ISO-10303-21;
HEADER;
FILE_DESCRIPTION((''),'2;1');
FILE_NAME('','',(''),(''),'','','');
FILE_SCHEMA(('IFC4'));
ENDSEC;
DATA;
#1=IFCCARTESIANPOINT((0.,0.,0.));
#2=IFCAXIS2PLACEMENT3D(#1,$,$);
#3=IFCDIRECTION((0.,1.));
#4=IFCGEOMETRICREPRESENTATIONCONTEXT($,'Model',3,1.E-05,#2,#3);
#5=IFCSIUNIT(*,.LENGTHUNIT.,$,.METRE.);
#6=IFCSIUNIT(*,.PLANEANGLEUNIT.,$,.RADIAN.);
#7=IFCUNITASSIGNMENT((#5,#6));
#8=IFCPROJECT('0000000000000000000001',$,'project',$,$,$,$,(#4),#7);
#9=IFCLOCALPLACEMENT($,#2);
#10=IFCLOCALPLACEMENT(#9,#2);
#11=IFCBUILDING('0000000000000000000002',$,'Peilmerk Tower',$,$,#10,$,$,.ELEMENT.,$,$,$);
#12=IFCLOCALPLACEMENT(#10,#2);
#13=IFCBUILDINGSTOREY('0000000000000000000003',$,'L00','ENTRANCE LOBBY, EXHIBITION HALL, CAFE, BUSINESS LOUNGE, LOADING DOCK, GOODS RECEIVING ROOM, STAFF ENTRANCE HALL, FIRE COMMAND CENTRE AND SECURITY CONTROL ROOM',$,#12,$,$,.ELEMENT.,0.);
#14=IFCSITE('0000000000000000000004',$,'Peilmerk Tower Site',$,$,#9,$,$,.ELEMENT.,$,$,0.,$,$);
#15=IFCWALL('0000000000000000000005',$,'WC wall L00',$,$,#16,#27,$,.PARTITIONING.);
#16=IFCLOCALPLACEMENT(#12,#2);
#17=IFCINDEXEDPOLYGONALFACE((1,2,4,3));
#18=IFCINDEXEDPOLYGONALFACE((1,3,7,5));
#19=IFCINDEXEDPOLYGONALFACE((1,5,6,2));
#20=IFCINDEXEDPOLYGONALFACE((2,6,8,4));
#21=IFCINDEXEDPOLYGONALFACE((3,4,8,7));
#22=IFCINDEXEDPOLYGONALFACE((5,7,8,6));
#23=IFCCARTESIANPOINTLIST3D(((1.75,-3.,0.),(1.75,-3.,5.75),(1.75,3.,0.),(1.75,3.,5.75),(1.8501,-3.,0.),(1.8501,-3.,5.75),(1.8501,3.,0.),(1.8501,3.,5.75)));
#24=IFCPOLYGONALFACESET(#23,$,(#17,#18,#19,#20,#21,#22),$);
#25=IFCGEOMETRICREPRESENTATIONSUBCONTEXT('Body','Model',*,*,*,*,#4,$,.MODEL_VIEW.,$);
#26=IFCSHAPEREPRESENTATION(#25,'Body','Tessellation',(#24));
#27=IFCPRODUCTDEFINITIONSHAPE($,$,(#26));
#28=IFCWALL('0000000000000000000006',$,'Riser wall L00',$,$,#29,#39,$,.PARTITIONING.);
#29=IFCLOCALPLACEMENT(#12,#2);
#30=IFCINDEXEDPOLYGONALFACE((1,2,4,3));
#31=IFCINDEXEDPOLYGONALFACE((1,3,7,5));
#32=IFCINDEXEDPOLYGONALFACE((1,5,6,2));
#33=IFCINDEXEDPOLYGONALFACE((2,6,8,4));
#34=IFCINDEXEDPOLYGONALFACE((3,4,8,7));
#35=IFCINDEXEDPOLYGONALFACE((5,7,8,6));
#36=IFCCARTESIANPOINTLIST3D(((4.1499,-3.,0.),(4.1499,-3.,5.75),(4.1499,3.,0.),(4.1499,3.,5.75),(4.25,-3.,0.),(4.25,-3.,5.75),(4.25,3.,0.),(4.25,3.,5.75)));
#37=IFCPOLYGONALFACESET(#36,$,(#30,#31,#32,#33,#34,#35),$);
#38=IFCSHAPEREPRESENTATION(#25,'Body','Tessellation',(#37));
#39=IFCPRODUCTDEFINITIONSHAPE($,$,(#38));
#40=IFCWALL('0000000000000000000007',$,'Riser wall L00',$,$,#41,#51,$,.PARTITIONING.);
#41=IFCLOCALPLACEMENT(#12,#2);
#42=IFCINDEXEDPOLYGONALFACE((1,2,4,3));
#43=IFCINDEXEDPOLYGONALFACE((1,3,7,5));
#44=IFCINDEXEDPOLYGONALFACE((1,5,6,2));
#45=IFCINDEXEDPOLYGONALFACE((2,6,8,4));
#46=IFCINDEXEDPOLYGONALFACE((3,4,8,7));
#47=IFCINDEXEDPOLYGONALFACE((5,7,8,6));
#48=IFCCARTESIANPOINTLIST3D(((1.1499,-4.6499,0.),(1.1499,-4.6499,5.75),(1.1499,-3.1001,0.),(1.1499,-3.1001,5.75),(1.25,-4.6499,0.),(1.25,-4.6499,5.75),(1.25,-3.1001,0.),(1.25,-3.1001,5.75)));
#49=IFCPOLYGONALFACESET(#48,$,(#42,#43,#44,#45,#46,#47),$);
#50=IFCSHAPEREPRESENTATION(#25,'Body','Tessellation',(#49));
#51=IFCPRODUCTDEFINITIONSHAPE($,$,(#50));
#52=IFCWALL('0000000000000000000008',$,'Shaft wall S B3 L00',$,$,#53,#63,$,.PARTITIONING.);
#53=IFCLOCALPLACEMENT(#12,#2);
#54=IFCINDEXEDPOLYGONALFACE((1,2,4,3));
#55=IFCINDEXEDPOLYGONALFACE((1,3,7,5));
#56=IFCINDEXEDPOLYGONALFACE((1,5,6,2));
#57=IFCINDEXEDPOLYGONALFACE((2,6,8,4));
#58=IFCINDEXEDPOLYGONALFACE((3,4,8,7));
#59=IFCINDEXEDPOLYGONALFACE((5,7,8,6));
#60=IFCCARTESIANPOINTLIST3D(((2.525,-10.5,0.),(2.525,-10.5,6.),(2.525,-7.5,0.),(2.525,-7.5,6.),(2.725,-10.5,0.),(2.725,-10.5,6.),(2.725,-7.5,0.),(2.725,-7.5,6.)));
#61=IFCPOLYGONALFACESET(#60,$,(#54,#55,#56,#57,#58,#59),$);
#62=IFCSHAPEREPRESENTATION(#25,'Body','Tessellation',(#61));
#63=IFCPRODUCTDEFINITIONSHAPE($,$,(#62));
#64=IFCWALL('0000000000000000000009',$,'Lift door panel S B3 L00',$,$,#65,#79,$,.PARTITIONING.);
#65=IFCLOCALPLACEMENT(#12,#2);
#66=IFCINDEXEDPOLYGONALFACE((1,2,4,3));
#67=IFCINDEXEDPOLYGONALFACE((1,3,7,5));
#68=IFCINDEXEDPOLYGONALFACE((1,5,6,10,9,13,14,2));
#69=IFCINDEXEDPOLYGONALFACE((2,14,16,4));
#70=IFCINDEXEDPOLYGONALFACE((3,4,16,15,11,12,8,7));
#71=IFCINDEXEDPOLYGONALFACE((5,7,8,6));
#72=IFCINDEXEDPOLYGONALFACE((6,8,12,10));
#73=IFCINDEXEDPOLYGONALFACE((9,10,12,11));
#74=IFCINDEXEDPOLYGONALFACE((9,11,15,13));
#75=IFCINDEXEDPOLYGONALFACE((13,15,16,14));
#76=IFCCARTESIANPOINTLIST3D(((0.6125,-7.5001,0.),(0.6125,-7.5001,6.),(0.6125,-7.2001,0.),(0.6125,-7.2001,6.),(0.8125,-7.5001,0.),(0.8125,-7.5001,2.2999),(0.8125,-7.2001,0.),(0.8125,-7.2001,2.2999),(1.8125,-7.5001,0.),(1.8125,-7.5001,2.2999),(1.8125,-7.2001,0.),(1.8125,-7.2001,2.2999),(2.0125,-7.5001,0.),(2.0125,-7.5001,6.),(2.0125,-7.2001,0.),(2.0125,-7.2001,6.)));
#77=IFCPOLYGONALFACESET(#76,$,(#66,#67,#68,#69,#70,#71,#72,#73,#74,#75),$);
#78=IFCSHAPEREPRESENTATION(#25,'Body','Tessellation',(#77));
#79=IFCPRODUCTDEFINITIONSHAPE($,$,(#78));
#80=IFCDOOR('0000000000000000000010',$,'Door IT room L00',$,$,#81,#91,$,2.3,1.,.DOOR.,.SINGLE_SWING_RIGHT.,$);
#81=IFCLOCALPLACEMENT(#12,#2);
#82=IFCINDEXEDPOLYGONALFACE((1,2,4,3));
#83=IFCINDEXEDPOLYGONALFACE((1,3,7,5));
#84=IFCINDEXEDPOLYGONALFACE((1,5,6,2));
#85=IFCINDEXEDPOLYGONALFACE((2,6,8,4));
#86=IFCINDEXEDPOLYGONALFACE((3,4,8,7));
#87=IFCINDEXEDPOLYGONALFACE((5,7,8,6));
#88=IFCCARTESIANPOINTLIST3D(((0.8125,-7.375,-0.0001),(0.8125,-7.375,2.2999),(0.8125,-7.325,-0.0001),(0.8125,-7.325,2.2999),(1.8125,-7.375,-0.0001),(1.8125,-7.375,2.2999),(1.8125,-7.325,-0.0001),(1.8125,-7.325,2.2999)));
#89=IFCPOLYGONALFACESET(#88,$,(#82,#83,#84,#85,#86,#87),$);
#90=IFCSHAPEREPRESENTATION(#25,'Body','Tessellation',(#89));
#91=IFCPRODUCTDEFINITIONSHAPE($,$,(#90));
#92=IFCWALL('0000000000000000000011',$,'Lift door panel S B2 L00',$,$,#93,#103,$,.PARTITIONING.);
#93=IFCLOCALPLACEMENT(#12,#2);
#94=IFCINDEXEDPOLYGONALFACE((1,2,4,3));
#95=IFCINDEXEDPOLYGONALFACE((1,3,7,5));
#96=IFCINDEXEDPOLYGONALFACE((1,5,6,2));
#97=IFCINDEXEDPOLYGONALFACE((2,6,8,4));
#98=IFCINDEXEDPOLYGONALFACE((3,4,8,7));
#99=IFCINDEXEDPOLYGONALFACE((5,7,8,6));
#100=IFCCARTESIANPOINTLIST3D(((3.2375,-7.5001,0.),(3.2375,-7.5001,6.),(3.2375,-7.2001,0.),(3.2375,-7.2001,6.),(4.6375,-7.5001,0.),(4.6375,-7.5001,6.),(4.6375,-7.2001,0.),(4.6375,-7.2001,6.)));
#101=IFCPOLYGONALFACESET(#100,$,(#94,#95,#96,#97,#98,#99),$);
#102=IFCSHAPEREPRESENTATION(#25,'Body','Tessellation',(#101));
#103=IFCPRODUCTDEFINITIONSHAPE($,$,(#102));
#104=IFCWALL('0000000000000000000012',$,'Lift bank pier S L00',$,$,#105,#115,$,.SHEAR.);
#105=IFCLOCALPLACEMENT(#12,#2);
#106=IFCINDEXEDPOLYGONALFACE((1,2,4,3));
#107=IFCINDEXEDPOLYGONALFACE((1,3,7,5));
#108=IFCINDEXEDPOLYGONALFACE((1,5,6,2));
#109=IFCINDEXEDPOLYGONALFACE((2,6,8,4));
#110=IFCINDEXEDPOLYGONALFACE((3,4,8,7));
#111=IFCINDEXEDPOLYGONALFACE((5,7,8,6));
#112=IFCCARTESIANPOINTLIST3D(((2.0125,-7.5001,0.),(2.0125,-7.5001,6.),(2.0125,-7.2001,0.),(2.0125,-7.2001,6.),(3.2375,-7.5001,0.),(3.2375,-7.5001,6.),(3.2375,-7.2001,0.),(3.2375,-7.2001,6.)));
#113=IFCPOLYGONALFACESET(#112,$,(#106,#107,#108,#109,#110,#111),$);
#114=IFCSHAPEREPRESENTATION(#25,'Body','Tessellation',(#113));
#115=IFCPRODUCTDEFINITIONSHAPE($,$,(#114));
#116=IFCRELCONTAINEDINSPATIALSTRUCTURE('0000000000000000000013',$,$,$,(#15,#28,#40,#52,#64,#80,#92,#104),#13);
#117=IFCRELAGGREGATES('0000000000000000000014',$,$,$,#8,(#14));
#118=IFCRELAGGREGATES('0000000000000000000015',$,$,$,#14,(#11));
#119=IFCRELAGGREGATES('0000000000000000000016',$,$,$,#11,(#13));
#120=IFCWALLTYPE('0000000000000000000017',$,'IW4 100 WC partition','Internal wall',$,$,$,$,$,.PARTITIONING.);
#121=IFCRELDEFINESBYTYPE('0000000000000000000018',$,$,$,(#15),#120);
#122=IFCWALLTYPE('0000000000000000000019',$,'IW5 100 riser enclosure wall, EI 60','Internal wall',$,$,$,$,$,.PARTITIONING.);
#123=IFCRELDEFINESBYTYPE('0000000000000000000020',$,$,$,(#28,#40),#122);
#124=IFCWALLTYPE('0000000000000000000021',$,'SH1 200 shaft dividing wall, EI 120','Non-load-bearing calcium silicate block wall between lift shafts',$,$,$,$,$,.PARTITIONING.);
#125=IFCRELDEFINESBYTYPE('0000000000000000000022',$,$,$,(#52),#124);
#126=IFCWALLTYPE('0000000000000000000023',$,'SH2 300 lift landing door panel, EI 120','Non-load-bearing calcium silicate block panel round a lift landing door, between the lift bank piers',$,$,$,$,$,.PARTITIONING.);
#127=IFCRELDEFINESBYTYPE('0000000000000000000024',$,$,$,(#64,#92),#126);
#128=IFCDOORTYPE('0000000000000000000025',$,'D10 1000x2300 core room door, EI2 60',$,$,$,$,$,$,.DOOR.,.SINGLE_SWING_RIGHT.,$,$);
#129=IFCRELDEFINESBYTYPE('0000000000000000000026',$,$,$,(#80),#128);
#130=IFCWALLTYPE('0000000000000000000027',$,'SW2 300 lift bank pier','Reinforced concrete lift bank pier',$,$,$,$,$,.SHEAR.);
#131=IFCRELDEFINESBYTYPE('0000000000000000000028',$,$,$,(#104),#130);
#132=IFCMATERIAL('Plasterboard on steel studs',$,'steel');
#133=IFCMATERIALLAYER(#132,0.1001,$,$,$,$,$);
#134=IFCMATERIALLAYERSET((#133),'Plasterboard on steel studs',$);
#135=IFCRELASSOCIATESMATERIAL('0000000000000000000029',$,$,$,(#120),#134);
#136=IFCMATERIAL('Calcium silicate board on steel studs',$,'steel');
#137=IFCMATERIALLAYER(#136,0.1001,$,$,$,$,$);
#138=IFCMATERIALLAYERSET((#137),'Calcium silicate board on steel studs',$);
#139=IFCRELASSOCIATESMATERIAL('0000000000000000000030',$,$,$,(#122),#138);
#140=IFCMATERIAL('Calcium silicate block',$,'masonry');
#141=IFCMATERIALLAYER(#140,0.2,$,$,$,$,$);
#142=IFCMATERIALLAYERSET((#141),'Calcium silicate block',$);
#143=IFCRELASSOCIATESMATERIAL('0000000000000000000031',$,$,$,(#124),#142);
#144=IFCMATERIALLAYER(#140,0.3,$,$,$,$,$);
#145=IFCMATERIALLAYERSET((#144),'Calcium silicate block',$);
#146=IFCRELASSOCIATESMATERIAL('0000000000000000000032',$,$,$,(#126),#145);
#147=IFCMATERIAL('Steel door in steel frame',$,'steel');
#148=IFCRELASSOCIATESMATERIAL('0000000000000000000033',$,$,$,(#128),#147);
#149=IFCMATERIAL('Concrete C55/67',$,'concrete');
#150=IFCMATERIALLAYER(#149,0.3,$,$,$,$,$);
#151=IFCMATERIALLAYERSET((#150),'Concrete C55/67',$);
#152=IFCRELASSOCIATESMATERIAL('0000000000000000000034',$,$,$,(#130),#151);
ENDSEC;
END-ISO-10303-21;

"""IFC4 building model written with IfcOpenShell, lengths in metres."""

from ifc_helpers import new_model, si_unit, direction, frame, frame_2d, origin, place, context, subcontext, project, spatial, rectangle, extrude, material, layer, layer_set, type_object, element, fill, save


model = new_model("IFC4")

# Units and contexts
model_context = context("Model", 3, precision=1e-05, world=origin(), true_north=direction((0.0, 1.0)))
body_context = subcontext(model_context, "Body", "Model", "MODEL_VIEW")
ifc_project = project(units=[si_unit("LENGTHUNIT", "METRE"), si_unit("PLANEANGLEUNIT", "RADIAN")], contexts=[model_context])

# Site, building, storey
site_placement = place(None, origin())
site = spatial("IfcSite", under=ifc_project, at=site_placement, Name="Peilmerk Tower Site", CompositionType="ELEMENT", RefElevation=0.0)
building_placement = place(site_placement, origin())
building = spatial("IfcBuilding", under=site, at=building_placement, Name="Peilmerk Tower", CompositionType="ELEMENT")
storey_placement = place(building_placement, origin())
storey = spatial("IfcBuildingStorey", under=building, at=storey_placement, Name="L00", Description="ENTRANCE LOBBY, EXHIBITION HALL, CAFE, BUSINESS LOUNGE, LOADING DOCK, GOODS RECEIVING ROOM, STAFF ENTRANCE HALL, FIRE COMMAND CENTRE AND SECURITY CONTROL ROOM", CompositionType="ELEMENT", Elevation=0.0)

# Walls
ifc_material_1 = material(Name="Plasterboard on steel studs", Category="steel")
ifc_layer_1 = layer(ifc_material_1, 0.1001)
ifc_layer_set_1 = layer_set([ifc_layer_1], Name="Plasterboard on steel studs")
wall_type_1 = type_object("IfcWallType", Name="IW4 100 WC partition", Description="Internal wall", PredefinedType="PARTITIONING", material=ifc_layer_set_1)
wall_1_placement = place(storey_placement, frame((1.8, -3.0, 0.0), z_axis=(0.0, 0.0, 1.0), x_axis=(0.0, 1.0, 0.0)))
element("IfcWall", 1, at=wall_1_placement, inside=storey, type_object=wall_type_1, Name="WC wall L00", PredefinedType="PARTITIONING", context=body_context, shape_type="SweptSolid", body=[
    extrude(rectangle(XDim=6.0, YDim=0.1001, at=frame_2d((3.0, 0.0))), origin(), (0.0, 0.0, 1.0), 5.75),
])
ifc_material_2 = material(Name="Calcium silicate board on steel studs", Category="steel")
ifc_layer_2 = layer(ifc_material_2, 0.1001)
ifc_layer_set_2 = layer_set([ifc_layer_2], Name="Calcium silicate board on steel studs")
wall_type_2 = type_object("IfcWallType", Name="IW5 100 riser enclosure wall, EI 60", Description="Internal wall", PredefinedType="PARTITIONING", material=ifc_layer_set_2)
wall_2_placement = place(storey_placement, frame((4.2, -3.0, 0.0), z_axis=(0.0, 0.0, 1.0), x_axis=(0.0, 1.0, 0.0)))
element("IfcWall", 2, at=wall_2_placement, inside=storey, type_object=wall_type_2, Name="Riser wall L00", PredefinedType="PARTITIONING", context=body_context, shape_type="SweptSolid", body=[
    extrude(rectangle(XDim=6.0, YDim=0.1001, at=frame_2d((3.0, 0.0))), origin(), (0.0, 0.0, 1.0), 5.75),
])
wall_3_placement = place(storey_placement, frame((1.2, -3.1001, 0.0), z_axis=(0.0, 0.0, 1.0), x_axis=(0.0, -1.0, 0.0)))
element("IfcWall", 3, at=wall_3_placement, inside=storey, type_object=wall_type_2, Name="Riser wall L00", PredefinedType="PARTITIONING", context=body_context, shape_type="SweptSolid", body=[
    extrude(rectangle(XDim=1.5498, YDim=0.1001, at=frame_2d((0.7749, 0.0))), origin(), (0.0, 0.0, 1.0), 5.75),
])
ifc_material_3 = material(Name="Calcium silicate block", Category="masonry")
ifc_layer_3 = layer(ifc_material_3, 0.2)
ifc_layer_set_3 = layer_set([ifc_layer_3], Name="Calcium silicate block")
wall_type_3 = type_object("IfcWallType", Name="SH1 200 shaft dividing wall, EI 120", Description="Non-load-bearing calcium silicate block wall between lift shafts", PredefinedType="PARTITIONING", material=ifc_layer_set_3)
wall_4_placement = place(storey_placement, frame((2.625, -10.5, 0.0), z_axis=(0.0, 0.0, 1.0), x_axis=(0.0, 1.0, 0.0)))
element("IfcWall", 4, at=wall_4_placement, inside=storey, type_object=wall_type_3, Name="Shaft wall S B3 L00", PredefinedType="PARTITIONING", context=body_context, shape_type="SweptSolid", body=[
    extrude(rectangle(XDim=3.0, YDim=0.2, at=frame_2d((1.5, 0.0))), origin(), (0.0, 0.0, 1.0), 6.0),
])

# Wall, opening, door
ifc_layer_4 = layer(ifc_material_3, 0.3)
ifc_layer_set_4 = layer_set([ifc_layer_4], Name="Calcium silicate block")
wall_type_4 = type_object("IfcWallType", Name="SH2 300 lift landing door panel, EI 120", Description="Non-load-bearing calcium silicate block panel round a lift landing door, between the lift bank piers", PredefinedType="PARTITIONING", material=ifc_layer_set_4)
wall_5_placement = place(storey_placement, frame((0.6125, -7.3501, 0.0), z_axis=(0.0, 0.0, 1.0), x_axis=(1.0, 0.0, 0.0)))
wall_5 = element("IfcWall", 5, at=wall_5_placement, inside=storey, type_object=wall_type_4, Name="Lift door panel S B3 L00", PredefinedType="PARTITIONING", context=body_context, shape_type="SweptSolid", body=[
    extrude(rectangle(XDim=1.3999, YDim=0.3, at=frame_2d((0.7, 0.0))), origin(), (0.0, 0.0, 1.0), 6.0),
])
opening_placement = place(wall_5_placement, frame((0.2, 0.0, 0.0)))
opening = element("IfcOpeningElement", 6, at=opening_placement, cuts=wall_5, PredefinedType="OPENING", context=body_context, shape_type="SweptSolid", body=[
    extrude(rectangle(XDim=1.0, YDim=2.3, at=frame_2d((0.5, 1.1499))), frame((0.0, 0.1599, 0.0), z_axis=(0.0, -1.0, 0.0), x_axis=(1.0, 0.0, 0.0)), (0.0, 0.0, 1.0), 0.3201),
])
ifc_material_4 = material(Name="Steel door in steel frame", Category="steel")
door_type = type_object("IfcDoorType", Name="D10 1000x2300 core room door, EI2 60", OperationType="SINGLE_SWING_RIGHT", PredefinedType="DOOR", material=ifc_material_4)
door_placement = place(opening_placement, frame((1.0, 0.0, 0.0), z_axis=(0.0, 0.0, 1.0), x_axis=(-1.0, 0.0, 0.0)))
door = element("IfcDoor", 7, at=door_placement, inside=storey, type_object=door_type, Name="Door IT room L00", OperationType="SINGLE_SWING_RIGHT", OverallHeight=2.3, OverallWidth=1.0, PredefinedType="DOOR", context=body_context, shape_type="SweptSolid", body=[
    extrude(rectangle(XDim=1.0, YDim=2.3, at=frame_2d((0.5, 1.1499))), frame((0.0, 0.0249, 0.0), z_axis=(0.0, -1.0, 0.0), x_axis=(1.0, 0.0, 0.0)), (0.0, 0.0, 1.0), 0.05),
])
fill(opening, door)

# Walls
wall_6_placement = place(storey_placement, frame((3.2375, -7.3501, 0.0), z_axis=(0.0, 0.0, 1.0), x_axis=(1.0, 0.0, 0.0)))
element("IfcWall", 8, at=wall_6_placement, inside=storey, type_object=wall_type_4, Name="Lift door panel S B2 L00", PredefinedType="PARTITIONING", context=body_context, shape_type="SweptSolid", body=[
    extrude(rectangle(XDim=1.3999, YDim=0.3, at=frame_2d((0.7, 0.0))), origin(), (0.0, 0.0, 1.0), 6.0),
])
ifc_material_5 = material(Name="Concrete C55/67", Category="concrete")
ifc_layer_5 = layer(ifc_material_5, 0.3)
ifc_layer_set_5 = layer_set([ifc_layer_5], Name="Concrete C55/67")
wall_type_5 = type_object("IfcWallType", Name="SW2 300 lift bank pier", Description="Reinforced concrete lift bank pier", PredefinedType="SHEAR", material=ifc_layer_set_5)
wall_7_placement = place(storey_placement, frame((2.0125, -7.3501, 0.0), z_axis=(0.0, 0.0, 1.0), x_axis=(1.0, 0.0, 0.0)))
element("IfcWall", 9, at=wall_7_placement, inside=storey, type_object=wall_type_5, Name="Lift bank pier S L00", PredefinedType="SHEAR", context=body_context, shape_type="SweptSolid", body=[
    extrude(rectangle(XDim=1.2251, YDim=0.3, at=frame_2d((0.6125, 0.0))), origin(), (0.0, 0.0, 1.0), 6.0),
])

save(model, "model.ifc")
